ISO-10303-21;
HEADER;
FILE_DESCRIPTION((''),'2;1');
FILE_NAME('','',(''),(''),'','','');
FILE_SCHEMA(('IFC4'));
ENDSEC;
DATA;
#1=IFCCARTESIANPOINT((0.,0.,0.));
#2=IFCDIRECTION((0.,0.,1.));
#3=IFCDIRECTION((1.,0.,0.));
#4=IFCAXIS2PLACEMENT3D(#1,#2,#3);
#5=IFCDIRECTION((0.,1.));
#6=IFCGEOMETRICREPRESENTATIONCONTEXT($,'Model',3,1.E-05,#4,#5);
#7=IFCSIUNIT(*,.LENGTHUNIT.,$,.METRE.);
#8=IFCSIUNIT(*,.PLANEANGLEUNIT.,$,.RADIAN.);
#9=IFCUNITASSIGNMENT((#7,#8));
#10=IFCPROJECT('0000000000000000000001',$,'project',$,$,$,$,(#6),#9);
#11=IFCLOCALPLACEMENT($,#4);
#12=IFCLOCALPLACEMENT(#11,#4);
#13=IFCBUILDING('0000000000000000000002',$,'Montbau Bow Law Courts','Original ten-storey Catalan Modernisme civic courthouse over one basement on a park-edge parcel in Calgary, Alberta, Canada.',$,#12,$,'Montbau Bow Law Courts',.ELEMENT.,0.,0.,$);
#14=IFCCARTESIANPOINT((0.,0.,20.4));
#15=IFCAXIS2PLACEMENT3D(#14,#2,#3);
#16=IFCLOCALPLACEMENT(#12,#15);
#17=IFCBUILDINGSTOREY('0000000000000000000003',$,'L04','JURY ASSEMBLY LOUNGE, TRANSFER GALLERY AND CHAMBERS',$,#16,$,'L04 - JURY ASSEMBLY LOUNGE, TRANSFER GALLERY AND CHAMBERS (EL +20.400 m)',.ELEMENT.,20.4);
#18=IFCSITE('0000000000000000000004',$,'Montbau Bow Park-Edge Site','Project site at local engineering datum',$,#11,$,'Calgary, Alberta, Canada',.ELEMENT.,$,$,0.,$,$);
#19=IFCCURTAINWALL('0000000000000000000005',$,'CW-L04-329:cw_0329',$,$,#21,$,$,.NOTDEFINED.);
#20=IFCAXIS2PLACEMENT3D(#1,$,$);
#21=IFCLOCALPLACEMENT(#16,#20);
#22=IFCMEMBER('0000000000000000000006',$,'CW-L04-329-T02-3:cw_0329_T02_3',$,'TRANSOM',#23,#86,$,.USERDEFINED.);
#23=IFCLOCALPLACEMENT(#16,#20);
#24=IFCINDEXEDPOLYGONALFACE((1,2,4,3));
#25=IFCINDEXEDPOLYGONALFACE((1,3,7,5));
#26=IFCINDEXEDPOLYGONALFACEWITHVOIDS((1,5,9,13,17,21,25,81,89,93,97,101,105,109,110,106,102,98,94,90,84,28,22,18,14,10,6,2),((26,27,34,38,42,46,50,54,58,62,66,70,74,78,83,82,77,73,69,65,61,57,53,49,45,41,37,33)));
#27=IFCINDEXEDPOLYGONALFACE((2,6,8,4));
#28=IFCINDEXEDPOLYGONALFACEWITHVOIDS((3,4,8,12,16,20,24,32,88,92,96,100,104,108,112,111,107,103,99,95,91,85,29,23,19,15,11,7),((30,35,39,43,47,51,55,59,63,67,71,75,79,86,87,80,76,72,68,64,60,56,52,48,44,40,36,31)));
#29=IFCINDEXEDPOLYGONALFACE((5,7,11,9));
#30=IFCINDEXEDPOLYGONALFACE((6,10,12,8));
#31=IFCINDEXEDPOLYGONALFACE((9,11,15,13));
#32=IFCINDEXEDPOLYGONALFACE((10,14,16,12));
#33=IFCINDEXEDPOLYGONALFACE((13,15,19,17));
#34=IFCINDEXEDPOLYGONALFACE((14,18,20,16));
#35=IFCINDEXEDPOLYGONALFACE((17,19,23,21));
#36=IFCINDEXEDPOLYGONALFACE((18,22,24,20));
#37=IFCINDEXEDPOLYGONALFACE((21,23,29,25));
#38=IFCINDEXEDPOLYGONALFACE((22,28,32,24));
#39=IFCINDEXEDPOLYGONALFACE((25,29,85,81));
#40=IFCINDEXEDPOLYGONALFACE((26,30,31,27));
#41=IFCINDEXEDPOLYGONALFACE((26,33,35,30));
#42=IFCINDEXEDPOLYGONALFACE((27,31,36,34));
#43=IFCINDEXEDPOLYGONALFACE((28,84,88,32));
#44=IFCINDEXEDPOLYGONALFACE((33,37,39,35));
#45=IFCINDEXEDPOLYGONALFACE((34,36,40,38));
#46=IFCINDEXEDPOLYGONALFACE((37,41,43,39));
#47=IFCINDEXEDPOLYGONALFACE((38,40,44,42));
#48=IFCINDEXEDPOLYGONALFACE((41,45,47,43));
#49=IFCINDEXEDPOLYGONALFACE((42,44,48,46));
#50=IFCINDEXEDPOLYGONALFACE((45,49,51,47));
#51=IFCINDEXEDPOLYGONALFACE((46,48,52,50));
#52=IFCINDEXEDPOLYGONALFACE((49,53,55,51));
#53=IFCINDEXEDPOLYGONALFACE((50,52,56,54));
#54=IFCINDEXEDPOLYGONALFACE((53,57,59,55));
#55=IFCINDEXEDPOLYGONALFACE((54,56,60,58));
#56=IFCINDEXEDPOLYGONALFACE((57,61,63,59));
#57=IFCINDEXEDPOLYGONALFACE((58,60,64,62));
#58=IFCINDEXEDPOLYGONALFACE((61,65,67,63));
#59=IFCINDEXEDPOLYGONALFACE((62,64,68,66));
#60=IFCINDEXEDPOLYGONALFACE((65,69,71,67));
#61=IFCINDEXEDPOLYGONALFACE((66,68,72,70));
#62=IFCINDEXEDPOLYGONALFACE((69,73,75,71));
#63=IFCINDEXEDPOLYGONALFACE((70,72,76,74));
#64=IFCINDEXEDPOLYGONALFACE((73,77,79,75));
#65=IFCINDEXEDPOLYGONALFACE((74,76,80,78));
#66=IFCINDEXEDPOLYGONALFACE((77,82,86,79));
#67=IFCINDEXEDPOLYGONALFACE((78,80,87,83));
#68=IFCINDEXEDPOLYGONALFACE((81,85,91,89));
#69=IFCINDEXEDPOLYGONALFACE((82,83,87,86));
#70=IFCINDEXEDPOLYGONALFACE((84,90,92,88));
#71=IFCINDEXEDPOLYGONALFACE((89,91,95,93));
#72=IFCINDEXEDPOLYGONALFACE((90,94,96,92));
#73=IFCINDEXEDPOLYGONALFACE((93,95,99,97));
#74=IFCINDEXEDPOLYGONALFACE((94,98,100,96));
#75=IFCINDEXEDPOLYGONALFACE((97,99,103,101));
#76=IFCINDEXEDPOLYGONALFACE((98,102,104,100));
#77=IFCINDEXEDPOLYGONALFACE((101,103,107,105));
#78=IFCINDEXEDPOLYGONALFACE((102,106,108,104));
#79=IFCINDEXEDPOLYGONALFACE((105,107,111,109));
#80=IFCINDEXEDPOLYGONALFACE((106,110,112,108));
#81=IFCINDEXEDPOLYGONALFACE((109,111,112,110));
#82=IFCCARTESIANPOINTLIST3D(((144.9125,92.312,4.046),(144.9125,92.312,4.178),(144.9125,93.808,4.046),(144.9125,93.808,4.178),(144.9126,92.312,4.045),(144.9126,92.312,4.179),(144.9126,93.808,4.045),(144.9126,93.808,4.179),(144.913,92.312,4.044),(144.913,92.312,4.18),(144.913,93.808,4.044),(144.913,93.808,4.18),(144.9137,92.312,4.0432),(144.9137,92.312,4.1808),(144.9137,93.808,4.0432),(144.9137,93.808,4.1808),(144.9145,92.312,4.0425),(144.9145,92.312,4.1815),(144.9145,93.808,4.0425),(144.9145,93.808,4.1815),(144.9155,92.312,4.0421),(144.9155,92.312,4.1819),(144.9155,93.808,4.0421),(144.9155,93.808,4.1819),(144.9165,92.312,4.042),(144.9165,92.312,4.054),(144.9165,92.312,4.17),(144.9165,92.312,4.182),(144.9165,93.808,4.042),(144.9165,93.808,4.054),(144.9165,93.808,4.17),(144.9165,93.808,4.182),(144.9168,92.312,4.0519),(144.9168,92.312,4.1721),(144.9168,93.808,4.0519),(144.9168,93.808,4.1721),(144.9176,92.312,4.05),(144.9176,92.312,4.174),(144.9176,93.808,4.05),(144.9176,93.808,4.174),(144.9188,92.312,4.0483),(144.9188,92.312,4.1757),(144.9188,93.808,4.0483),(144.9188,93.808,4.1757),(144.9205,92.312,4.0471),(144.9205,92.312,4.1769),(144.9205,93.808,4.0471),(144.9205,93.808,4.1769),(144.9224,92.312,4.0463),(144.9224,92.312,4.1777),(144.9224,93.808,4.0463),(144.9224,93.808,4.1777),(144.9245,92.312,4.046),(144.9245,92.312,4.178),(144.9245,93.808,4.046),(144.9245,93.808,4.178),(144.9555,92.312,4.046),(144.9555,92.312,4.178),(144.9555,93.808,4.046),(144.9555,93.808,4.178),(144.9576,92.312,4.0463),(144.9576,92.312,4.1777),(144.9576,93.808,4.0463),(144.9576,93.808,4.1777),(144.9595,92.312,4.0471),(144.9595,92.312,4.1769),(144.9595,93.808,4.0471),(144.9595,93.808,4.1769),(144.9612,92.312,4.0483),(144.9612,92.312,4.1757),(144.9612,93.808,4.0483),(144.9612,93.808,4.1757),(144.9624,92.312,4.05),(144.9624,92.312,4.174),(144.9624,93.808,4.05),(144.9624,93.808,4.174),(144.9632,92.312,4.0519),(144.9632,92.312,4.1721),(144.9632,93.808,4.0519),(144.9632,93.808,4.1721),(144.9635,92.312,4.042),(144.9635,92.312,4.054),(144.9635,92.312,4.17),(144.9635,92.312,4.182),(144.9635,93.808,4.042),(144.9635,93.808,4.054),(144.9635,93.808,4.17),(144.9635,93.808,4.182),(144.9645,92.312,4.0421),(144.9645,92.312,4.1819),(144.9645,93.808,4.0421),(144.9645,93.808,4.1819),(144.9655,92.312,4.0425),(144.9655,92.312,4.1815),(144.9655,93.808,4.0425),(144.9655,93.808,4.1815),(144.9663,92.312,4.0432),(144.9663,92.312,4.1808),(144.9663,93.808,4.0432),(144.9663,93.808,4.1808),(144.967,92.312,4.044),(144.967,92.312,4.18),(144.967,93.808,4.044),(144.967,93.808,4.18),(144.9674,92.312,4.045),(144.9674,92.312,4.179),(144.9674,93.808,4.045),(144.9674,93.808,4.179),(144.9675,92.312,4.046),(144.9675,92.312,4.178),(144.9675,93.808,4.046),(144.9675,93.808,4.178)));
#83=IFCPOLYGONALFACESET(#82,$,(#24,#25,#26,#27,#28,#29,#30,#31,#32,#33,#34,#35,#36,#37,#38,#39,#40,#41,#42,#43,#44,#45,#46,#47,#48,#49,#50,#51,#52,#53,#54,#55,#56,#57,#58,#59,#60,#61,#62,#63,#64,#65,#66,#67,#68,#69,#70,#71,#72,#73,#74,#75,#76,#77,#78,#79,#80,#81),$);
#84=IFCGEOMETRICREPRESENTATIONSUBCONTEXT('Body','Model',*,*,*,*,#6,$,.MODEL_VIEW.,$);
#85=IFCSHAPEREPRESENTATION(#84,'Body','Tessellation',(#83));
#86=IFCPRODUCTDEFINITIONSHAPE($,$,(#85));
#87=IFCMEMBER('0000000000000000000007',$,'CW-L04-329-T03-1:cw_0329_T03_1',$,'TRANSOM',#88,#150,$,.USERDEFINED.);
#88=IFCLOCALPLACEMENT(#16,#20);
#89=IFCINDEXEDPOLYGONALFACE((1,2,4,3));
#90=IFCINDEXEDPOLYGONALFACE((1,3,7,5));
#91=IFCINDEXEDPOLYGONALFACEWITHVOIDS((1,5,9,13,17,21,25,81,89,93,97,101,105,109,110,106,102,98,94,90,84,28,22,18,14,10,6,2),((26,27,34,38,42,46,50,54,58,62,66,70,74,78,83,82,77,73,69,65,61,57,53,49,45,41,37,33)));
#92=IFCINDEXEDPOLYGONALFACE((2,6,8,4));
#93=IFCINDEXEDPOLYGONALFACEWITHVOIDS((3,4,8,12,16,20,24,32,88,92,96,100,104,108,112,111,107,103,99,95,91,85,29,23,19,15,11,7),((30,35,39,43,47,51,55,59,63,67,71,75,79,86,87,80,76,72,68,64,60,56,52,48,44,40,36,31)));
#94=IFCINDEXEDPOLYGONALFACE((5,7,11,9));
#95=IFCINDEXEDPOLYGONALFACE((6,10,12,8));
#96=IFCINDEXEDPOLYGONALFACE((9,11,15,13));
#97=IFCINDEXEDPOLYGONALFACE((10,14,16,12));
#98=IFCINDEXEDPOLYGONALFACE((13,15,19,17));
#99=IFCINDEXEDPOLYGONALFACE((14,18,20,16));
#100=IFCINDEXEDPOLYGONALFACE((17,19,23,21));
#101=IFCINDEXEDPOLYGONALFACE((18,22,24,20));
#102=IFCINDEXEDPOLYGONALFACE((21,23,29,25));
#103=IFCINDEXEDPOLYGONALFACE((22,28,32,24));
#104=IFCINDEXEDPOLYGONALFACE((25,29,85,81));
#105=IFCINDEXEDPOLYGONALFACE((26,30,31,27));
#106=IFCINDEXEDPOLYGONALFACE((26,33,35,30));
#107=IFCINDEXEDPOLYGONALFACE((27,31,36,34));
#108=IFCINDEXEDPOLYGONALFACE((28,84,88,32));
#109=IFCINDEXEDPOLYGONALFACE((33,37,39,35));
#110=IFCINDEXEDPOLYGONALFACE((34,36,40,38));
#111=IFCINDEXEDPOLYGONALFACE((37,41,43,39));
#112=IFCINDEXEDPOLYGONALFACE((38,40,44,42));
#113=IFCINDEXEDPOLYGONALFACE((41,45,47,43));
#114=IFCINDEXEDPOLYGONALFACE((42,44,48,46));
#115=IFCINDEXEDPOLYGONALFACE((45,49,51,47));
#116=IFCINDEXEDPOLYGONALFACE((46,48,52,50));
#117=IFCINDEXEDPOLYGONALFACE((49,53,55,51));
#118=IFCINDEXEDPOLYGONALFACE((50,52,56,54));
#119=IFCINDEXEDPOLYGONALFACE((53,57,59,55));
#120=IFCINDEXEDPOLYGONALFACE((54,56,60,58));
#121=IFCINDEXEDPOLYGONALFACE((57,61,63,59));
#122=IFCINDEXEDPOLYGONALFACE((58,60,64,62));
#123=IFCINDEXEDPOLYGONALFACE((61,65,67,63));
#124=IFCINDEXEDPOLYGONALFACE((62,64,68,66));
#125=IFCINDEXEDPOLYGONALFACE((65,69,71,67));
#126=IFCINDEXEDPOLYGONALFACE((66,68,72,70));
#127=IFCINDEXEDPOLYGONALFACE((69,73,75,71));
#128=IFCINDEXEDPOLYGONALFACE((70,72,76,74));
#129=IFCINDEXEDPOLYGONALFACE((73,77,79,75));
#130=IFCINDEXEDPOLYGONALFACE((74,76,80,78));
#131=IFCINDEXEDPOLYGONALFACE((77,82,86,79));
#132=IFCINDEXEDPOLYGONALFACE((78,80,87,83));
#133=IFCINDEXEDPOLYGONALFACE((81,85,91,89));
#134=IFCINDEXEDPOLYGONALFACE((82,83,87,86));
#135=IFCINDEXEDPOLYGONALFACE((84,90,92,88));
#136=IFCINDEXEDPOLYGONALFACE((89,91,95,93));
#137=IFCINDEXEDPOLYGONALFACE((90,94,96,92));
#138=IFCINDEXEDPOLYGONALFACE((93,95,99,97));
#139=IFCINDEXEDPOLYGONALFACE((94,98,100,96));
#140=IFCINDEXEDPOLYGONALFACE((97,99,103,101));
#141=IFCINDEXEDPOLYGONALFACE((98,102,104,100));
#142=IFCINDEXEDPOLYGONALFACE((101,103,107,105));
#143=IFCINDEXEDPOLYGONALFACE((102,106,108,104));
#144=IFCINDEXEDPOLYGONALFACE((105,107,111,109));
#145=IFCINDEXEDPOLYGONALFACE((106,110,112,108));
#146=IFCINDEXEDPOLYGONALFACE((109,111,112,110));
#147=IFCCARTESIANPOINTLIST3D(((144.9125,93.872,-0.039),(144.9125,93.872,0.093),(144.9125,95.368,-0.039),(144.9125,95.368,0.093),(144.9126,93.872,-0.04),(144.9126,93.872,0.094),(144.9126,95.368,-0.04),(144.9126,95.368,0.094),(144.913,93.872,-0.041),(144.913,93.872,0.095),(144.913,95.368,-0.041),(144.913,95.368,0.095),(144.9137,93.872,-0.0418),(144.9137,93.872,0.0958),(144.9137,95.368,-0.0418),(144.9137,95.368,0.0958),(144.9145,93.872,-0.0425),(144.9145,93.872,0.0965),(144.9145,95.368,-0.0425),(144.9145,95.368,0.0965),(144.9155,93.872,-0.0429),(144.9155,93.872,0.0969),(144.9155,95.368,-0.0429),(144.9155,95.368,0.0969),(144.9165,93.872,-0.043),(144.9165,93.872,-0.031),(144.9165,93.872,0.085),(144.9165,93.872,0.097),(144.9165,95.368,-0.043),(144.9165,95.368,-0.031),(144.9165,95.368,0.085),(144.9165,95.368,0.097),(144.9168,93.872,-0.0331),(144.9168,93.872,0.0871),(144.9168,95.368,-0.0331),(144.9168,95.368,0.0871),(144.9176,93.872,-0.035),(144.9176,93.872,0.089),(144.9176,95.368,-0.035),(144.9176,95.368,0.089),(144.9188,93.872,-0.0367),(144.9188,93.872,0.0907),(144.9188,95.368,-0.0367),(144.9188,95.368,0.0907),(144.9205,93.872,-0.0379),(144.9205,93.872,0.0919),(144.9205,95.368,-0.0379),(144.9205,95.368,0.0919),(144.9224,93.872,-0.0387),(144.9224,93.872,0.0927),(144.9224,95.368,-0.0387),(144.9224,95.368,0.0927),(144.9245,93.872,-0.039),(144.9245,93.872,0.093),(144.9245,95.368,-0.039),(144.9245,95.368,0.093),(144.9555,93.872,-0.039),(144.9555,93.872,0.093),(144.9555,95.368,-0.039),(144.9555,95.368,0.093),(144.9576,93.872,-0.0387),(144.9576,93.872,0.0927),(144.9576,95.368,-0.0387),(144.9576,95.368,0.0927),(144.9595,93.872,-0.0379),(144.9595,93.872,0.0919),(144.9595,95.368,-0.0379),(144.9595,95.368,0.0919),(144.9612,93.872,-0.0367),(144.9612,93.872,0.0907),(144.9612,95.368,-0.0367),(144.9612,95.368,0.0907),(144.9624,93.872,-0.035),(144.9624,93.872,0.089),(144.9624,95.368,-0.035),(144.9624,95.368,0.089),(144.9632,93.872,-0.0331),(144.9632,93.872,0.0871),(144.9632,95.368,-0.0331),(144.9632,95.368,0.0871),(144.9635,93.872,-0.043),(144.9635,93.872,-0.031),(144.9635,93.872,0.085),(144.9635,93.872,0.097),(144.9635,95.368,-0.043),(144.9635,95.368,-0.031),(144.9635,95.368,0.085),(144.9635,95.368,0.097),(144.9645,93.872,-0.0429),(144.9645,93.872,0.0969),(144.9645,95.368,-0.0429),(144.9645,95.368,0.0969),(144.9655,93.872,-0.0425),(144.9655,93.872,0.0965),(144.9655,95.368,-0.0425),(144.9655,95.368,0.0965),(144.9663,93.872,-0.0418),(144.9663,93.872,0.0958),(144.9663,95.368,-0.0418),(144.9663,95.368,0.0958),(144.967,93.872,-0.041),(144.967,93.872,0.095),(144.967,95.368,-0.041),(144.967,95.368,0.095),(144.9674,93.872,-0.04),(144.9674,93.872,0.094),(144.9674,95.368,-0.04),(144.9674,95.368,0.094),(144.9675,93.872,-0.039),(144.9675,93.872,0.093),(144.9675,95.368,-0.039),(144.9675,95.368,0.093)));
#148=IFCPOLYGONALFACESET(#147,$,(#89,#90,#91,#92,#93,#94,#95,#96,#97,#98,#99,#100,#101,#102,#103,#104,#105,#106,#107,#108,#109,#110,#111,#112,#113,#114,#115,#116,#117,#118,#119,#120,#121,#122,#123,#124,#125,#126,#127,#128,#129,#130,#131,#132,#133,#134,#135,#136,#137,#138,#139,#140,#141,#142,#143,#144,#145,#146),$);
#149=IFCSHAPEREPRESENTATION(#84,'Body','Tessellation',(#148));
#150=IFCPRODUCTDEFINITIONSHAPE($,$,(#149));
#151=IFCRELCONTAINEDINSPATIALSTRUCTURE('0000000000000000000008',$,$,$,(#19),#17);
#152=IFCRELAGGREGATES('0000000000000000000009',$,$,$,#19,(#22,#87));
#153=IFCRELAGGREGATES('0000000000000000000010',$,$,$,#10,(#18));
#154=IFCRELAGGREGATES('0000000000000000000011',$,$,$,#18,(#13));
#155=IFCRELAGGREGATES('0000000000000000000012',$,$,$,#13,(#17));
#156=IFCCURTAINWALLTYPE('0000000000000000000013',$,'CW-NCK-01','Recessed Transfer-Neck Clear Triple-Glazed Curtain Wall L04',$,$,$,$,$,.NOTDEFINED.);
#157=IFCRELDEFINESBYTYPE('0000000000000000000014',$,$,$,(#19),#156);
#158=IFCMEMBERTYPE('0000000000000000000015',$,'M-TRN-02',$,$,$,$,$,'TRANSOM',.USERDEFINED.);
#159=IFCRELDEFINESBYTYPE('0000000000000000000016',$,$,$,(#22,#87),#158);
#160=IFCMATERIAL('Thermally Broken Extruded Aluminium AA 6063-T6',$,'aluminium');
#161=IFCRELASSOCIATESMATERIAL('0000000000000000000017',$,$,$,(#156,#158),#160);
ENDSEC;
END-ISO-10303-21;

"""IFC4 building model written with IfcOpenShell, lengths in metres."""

from ifc_helpers import new_model, si_unit, direction, frame, origin_with_axes, origin_2d_with_axis, place, context, subcontext, project, spatial, hollow_rectangle, extrude, material, material_profile, profile_set, type_object, element, aggregate, save


model = new_model("IFC4")

# Units and contexts
model_context = context("Model", 3, precision=1e-05, world=origin_with_axes(), true_north=direction((0.0, 1.0)))
body_context = subcontext(model_context, "Body", "Model", "MODEL_VIEW")
ifc_project = project(units=[si_unit("LENGTHUNIT", "METRE"), si_unit("PLANEANGLEUNIT", "RADIAN")], contexts=[model_context])

# Site, building, storey
site_placement = place(None, origin_with_axes())
site = spatial("IfcSite", under=ifc_project, at=site_placement, Name="Montbau Bow Park-Edge Site", Description="Project site at local engineering datum", LongName="Calgary, Alberta, Canada", CompositionType="ELEMENT", RefElevation=0.0)
building_placement = place(site_placement, origin_with_axes())
building = spatial("IfcBuilding", under=site, at=building_placement, Name="Montbau Bow Law Courts", Description="Original ten-storey Catalan Modernisme civic courthouse over one basement on a park-edge parcel in Calgary, Alberta, Canada.", LongName="Montbau Bow Law Courts", CompositionType="ELEMENT", ElevationOfRefHeight=0.0, ElevationOfTerrain=0.0)
storey_placement = place(building_placement, frame((0.0, 0.0, 20.4), z_axis=(0.0, 0.0, 1.0), x_axis=(1.0, 0.0, 0.0)))
storey = spatial("IfcBuildingStorey", under=building, at=storey_placement, Name="L04", Description="JURY ASSEMBLY LOUNGE, TRANSFER GALLERY AND CHAMBERS", LongName="L04 - JURY ASSEMBLY LOUNGE, TRANSFER GALLERY AND CHAMBERS (EL +20.400 m)", CompositionType="ELEMENT", Elevation=20.4)

# Shared definitions
ifc_material_1 = material(Name="Thermally Broken Extruded Aluminium AA 6063-T6", Category="aluminium")
curtain_wall_type = type_object("IfcCurtainWallType", Name="CW-NCK-01", Description="Recessed Transfer-Neck Clear Triple-Glazed Curtain Wall L04", PredefinedType="NOTDEFINED", material=ifc_material_1)

# Curtain wall
curtain_wall_1_placement = place(None, frame((144.94, 90.72, 20.4), z_axis=(0.0, 0.0, 1.0), x_axis=(1.0, 0.0, 0.0)))
curtain_wall_1 = element("IfcCurtainWall", 1, at=curtain_wall_1_placement, inside=storey, type_object=curtain_wall_type, Name="CW-L04-329:cw_0329", PredefinedType="NOTDEFINED")

# Members
ifc_material_profile_1 = material_profile(ifc_material_1, hollow_rectangle(XDim=0.055, YDim=0.14, WallThickness=0.004, InnerFilletRadius=0.008, OuterFilletRadius=0.004, at=origin_2d_with_axis()), Name="CWT-140X55", Category="Main", Priority=0)
ifc_profile_set_1 = profile_set([ifc_material_profile_1], Name="Thermally Broken Extruded Aluminium AA 6063-T6")
member_type_1 = type_object("IfcMemberType", Name="M-TRN-02", ElementType="TRANSOM", PredefinedType="USERDEFINED", material=ifc_profile_set_1)
member_1_placement = place(None, frame((144.94, 92.312, 24.512), z_axis=(0.0, 1.0, 0.0), x_axis=(-1.0, 0.0, 0.0)))
member_1 = element("IfcMember", 2, at=member_1_placement, type_object=member_type_1, Name="CW-L04-329-T02-3:cw_0329_T02_3", ObjectType="TRANSOM", PredefinedType="USERDEFINED", context=body_context, shape_type="SweptSolid", body=[
    extrude(hollow_rectangle(XDim=0.055, YDim=0.14, WallThickness=0.004, InnerFilletRadius=0.008, OuterFilletRadius=0.004, at=origin_2d_with_axis()), origin_with_axes(), (0.0, 0.0, 1.0), 1.496),
])
member_2_placement = place(None, frame((144.94, 93.872, 20.427), z_axis=(0.0, 1.0, 0.0), x_axis=(-1.0, 0.0, 0.0)))
member_2 = element("IfcMember", 3, at=member_2_placement, type_object=member_type_1, Name="CW-L04-329-T03-1:cw_0329_T03_1", ObjectType="TRANSOM", PredefinedType="USERDEFINED", context=body_context, shape_type="SweptSolid", body=[
    extrude(hollow_rectangle(XDim=0.055, YDim=0.14, WallThickness=0.004, InnerFilletRadius=0.008, OuterFilletRadius=0.004, at=origin_2d_with_axis()), origin_with_axes(), (0.0, 0.0, 1.0), 1.496),
])

aggregate(curtain_wall_1, [member_1, member_2])

save(model, "model.ifc")
